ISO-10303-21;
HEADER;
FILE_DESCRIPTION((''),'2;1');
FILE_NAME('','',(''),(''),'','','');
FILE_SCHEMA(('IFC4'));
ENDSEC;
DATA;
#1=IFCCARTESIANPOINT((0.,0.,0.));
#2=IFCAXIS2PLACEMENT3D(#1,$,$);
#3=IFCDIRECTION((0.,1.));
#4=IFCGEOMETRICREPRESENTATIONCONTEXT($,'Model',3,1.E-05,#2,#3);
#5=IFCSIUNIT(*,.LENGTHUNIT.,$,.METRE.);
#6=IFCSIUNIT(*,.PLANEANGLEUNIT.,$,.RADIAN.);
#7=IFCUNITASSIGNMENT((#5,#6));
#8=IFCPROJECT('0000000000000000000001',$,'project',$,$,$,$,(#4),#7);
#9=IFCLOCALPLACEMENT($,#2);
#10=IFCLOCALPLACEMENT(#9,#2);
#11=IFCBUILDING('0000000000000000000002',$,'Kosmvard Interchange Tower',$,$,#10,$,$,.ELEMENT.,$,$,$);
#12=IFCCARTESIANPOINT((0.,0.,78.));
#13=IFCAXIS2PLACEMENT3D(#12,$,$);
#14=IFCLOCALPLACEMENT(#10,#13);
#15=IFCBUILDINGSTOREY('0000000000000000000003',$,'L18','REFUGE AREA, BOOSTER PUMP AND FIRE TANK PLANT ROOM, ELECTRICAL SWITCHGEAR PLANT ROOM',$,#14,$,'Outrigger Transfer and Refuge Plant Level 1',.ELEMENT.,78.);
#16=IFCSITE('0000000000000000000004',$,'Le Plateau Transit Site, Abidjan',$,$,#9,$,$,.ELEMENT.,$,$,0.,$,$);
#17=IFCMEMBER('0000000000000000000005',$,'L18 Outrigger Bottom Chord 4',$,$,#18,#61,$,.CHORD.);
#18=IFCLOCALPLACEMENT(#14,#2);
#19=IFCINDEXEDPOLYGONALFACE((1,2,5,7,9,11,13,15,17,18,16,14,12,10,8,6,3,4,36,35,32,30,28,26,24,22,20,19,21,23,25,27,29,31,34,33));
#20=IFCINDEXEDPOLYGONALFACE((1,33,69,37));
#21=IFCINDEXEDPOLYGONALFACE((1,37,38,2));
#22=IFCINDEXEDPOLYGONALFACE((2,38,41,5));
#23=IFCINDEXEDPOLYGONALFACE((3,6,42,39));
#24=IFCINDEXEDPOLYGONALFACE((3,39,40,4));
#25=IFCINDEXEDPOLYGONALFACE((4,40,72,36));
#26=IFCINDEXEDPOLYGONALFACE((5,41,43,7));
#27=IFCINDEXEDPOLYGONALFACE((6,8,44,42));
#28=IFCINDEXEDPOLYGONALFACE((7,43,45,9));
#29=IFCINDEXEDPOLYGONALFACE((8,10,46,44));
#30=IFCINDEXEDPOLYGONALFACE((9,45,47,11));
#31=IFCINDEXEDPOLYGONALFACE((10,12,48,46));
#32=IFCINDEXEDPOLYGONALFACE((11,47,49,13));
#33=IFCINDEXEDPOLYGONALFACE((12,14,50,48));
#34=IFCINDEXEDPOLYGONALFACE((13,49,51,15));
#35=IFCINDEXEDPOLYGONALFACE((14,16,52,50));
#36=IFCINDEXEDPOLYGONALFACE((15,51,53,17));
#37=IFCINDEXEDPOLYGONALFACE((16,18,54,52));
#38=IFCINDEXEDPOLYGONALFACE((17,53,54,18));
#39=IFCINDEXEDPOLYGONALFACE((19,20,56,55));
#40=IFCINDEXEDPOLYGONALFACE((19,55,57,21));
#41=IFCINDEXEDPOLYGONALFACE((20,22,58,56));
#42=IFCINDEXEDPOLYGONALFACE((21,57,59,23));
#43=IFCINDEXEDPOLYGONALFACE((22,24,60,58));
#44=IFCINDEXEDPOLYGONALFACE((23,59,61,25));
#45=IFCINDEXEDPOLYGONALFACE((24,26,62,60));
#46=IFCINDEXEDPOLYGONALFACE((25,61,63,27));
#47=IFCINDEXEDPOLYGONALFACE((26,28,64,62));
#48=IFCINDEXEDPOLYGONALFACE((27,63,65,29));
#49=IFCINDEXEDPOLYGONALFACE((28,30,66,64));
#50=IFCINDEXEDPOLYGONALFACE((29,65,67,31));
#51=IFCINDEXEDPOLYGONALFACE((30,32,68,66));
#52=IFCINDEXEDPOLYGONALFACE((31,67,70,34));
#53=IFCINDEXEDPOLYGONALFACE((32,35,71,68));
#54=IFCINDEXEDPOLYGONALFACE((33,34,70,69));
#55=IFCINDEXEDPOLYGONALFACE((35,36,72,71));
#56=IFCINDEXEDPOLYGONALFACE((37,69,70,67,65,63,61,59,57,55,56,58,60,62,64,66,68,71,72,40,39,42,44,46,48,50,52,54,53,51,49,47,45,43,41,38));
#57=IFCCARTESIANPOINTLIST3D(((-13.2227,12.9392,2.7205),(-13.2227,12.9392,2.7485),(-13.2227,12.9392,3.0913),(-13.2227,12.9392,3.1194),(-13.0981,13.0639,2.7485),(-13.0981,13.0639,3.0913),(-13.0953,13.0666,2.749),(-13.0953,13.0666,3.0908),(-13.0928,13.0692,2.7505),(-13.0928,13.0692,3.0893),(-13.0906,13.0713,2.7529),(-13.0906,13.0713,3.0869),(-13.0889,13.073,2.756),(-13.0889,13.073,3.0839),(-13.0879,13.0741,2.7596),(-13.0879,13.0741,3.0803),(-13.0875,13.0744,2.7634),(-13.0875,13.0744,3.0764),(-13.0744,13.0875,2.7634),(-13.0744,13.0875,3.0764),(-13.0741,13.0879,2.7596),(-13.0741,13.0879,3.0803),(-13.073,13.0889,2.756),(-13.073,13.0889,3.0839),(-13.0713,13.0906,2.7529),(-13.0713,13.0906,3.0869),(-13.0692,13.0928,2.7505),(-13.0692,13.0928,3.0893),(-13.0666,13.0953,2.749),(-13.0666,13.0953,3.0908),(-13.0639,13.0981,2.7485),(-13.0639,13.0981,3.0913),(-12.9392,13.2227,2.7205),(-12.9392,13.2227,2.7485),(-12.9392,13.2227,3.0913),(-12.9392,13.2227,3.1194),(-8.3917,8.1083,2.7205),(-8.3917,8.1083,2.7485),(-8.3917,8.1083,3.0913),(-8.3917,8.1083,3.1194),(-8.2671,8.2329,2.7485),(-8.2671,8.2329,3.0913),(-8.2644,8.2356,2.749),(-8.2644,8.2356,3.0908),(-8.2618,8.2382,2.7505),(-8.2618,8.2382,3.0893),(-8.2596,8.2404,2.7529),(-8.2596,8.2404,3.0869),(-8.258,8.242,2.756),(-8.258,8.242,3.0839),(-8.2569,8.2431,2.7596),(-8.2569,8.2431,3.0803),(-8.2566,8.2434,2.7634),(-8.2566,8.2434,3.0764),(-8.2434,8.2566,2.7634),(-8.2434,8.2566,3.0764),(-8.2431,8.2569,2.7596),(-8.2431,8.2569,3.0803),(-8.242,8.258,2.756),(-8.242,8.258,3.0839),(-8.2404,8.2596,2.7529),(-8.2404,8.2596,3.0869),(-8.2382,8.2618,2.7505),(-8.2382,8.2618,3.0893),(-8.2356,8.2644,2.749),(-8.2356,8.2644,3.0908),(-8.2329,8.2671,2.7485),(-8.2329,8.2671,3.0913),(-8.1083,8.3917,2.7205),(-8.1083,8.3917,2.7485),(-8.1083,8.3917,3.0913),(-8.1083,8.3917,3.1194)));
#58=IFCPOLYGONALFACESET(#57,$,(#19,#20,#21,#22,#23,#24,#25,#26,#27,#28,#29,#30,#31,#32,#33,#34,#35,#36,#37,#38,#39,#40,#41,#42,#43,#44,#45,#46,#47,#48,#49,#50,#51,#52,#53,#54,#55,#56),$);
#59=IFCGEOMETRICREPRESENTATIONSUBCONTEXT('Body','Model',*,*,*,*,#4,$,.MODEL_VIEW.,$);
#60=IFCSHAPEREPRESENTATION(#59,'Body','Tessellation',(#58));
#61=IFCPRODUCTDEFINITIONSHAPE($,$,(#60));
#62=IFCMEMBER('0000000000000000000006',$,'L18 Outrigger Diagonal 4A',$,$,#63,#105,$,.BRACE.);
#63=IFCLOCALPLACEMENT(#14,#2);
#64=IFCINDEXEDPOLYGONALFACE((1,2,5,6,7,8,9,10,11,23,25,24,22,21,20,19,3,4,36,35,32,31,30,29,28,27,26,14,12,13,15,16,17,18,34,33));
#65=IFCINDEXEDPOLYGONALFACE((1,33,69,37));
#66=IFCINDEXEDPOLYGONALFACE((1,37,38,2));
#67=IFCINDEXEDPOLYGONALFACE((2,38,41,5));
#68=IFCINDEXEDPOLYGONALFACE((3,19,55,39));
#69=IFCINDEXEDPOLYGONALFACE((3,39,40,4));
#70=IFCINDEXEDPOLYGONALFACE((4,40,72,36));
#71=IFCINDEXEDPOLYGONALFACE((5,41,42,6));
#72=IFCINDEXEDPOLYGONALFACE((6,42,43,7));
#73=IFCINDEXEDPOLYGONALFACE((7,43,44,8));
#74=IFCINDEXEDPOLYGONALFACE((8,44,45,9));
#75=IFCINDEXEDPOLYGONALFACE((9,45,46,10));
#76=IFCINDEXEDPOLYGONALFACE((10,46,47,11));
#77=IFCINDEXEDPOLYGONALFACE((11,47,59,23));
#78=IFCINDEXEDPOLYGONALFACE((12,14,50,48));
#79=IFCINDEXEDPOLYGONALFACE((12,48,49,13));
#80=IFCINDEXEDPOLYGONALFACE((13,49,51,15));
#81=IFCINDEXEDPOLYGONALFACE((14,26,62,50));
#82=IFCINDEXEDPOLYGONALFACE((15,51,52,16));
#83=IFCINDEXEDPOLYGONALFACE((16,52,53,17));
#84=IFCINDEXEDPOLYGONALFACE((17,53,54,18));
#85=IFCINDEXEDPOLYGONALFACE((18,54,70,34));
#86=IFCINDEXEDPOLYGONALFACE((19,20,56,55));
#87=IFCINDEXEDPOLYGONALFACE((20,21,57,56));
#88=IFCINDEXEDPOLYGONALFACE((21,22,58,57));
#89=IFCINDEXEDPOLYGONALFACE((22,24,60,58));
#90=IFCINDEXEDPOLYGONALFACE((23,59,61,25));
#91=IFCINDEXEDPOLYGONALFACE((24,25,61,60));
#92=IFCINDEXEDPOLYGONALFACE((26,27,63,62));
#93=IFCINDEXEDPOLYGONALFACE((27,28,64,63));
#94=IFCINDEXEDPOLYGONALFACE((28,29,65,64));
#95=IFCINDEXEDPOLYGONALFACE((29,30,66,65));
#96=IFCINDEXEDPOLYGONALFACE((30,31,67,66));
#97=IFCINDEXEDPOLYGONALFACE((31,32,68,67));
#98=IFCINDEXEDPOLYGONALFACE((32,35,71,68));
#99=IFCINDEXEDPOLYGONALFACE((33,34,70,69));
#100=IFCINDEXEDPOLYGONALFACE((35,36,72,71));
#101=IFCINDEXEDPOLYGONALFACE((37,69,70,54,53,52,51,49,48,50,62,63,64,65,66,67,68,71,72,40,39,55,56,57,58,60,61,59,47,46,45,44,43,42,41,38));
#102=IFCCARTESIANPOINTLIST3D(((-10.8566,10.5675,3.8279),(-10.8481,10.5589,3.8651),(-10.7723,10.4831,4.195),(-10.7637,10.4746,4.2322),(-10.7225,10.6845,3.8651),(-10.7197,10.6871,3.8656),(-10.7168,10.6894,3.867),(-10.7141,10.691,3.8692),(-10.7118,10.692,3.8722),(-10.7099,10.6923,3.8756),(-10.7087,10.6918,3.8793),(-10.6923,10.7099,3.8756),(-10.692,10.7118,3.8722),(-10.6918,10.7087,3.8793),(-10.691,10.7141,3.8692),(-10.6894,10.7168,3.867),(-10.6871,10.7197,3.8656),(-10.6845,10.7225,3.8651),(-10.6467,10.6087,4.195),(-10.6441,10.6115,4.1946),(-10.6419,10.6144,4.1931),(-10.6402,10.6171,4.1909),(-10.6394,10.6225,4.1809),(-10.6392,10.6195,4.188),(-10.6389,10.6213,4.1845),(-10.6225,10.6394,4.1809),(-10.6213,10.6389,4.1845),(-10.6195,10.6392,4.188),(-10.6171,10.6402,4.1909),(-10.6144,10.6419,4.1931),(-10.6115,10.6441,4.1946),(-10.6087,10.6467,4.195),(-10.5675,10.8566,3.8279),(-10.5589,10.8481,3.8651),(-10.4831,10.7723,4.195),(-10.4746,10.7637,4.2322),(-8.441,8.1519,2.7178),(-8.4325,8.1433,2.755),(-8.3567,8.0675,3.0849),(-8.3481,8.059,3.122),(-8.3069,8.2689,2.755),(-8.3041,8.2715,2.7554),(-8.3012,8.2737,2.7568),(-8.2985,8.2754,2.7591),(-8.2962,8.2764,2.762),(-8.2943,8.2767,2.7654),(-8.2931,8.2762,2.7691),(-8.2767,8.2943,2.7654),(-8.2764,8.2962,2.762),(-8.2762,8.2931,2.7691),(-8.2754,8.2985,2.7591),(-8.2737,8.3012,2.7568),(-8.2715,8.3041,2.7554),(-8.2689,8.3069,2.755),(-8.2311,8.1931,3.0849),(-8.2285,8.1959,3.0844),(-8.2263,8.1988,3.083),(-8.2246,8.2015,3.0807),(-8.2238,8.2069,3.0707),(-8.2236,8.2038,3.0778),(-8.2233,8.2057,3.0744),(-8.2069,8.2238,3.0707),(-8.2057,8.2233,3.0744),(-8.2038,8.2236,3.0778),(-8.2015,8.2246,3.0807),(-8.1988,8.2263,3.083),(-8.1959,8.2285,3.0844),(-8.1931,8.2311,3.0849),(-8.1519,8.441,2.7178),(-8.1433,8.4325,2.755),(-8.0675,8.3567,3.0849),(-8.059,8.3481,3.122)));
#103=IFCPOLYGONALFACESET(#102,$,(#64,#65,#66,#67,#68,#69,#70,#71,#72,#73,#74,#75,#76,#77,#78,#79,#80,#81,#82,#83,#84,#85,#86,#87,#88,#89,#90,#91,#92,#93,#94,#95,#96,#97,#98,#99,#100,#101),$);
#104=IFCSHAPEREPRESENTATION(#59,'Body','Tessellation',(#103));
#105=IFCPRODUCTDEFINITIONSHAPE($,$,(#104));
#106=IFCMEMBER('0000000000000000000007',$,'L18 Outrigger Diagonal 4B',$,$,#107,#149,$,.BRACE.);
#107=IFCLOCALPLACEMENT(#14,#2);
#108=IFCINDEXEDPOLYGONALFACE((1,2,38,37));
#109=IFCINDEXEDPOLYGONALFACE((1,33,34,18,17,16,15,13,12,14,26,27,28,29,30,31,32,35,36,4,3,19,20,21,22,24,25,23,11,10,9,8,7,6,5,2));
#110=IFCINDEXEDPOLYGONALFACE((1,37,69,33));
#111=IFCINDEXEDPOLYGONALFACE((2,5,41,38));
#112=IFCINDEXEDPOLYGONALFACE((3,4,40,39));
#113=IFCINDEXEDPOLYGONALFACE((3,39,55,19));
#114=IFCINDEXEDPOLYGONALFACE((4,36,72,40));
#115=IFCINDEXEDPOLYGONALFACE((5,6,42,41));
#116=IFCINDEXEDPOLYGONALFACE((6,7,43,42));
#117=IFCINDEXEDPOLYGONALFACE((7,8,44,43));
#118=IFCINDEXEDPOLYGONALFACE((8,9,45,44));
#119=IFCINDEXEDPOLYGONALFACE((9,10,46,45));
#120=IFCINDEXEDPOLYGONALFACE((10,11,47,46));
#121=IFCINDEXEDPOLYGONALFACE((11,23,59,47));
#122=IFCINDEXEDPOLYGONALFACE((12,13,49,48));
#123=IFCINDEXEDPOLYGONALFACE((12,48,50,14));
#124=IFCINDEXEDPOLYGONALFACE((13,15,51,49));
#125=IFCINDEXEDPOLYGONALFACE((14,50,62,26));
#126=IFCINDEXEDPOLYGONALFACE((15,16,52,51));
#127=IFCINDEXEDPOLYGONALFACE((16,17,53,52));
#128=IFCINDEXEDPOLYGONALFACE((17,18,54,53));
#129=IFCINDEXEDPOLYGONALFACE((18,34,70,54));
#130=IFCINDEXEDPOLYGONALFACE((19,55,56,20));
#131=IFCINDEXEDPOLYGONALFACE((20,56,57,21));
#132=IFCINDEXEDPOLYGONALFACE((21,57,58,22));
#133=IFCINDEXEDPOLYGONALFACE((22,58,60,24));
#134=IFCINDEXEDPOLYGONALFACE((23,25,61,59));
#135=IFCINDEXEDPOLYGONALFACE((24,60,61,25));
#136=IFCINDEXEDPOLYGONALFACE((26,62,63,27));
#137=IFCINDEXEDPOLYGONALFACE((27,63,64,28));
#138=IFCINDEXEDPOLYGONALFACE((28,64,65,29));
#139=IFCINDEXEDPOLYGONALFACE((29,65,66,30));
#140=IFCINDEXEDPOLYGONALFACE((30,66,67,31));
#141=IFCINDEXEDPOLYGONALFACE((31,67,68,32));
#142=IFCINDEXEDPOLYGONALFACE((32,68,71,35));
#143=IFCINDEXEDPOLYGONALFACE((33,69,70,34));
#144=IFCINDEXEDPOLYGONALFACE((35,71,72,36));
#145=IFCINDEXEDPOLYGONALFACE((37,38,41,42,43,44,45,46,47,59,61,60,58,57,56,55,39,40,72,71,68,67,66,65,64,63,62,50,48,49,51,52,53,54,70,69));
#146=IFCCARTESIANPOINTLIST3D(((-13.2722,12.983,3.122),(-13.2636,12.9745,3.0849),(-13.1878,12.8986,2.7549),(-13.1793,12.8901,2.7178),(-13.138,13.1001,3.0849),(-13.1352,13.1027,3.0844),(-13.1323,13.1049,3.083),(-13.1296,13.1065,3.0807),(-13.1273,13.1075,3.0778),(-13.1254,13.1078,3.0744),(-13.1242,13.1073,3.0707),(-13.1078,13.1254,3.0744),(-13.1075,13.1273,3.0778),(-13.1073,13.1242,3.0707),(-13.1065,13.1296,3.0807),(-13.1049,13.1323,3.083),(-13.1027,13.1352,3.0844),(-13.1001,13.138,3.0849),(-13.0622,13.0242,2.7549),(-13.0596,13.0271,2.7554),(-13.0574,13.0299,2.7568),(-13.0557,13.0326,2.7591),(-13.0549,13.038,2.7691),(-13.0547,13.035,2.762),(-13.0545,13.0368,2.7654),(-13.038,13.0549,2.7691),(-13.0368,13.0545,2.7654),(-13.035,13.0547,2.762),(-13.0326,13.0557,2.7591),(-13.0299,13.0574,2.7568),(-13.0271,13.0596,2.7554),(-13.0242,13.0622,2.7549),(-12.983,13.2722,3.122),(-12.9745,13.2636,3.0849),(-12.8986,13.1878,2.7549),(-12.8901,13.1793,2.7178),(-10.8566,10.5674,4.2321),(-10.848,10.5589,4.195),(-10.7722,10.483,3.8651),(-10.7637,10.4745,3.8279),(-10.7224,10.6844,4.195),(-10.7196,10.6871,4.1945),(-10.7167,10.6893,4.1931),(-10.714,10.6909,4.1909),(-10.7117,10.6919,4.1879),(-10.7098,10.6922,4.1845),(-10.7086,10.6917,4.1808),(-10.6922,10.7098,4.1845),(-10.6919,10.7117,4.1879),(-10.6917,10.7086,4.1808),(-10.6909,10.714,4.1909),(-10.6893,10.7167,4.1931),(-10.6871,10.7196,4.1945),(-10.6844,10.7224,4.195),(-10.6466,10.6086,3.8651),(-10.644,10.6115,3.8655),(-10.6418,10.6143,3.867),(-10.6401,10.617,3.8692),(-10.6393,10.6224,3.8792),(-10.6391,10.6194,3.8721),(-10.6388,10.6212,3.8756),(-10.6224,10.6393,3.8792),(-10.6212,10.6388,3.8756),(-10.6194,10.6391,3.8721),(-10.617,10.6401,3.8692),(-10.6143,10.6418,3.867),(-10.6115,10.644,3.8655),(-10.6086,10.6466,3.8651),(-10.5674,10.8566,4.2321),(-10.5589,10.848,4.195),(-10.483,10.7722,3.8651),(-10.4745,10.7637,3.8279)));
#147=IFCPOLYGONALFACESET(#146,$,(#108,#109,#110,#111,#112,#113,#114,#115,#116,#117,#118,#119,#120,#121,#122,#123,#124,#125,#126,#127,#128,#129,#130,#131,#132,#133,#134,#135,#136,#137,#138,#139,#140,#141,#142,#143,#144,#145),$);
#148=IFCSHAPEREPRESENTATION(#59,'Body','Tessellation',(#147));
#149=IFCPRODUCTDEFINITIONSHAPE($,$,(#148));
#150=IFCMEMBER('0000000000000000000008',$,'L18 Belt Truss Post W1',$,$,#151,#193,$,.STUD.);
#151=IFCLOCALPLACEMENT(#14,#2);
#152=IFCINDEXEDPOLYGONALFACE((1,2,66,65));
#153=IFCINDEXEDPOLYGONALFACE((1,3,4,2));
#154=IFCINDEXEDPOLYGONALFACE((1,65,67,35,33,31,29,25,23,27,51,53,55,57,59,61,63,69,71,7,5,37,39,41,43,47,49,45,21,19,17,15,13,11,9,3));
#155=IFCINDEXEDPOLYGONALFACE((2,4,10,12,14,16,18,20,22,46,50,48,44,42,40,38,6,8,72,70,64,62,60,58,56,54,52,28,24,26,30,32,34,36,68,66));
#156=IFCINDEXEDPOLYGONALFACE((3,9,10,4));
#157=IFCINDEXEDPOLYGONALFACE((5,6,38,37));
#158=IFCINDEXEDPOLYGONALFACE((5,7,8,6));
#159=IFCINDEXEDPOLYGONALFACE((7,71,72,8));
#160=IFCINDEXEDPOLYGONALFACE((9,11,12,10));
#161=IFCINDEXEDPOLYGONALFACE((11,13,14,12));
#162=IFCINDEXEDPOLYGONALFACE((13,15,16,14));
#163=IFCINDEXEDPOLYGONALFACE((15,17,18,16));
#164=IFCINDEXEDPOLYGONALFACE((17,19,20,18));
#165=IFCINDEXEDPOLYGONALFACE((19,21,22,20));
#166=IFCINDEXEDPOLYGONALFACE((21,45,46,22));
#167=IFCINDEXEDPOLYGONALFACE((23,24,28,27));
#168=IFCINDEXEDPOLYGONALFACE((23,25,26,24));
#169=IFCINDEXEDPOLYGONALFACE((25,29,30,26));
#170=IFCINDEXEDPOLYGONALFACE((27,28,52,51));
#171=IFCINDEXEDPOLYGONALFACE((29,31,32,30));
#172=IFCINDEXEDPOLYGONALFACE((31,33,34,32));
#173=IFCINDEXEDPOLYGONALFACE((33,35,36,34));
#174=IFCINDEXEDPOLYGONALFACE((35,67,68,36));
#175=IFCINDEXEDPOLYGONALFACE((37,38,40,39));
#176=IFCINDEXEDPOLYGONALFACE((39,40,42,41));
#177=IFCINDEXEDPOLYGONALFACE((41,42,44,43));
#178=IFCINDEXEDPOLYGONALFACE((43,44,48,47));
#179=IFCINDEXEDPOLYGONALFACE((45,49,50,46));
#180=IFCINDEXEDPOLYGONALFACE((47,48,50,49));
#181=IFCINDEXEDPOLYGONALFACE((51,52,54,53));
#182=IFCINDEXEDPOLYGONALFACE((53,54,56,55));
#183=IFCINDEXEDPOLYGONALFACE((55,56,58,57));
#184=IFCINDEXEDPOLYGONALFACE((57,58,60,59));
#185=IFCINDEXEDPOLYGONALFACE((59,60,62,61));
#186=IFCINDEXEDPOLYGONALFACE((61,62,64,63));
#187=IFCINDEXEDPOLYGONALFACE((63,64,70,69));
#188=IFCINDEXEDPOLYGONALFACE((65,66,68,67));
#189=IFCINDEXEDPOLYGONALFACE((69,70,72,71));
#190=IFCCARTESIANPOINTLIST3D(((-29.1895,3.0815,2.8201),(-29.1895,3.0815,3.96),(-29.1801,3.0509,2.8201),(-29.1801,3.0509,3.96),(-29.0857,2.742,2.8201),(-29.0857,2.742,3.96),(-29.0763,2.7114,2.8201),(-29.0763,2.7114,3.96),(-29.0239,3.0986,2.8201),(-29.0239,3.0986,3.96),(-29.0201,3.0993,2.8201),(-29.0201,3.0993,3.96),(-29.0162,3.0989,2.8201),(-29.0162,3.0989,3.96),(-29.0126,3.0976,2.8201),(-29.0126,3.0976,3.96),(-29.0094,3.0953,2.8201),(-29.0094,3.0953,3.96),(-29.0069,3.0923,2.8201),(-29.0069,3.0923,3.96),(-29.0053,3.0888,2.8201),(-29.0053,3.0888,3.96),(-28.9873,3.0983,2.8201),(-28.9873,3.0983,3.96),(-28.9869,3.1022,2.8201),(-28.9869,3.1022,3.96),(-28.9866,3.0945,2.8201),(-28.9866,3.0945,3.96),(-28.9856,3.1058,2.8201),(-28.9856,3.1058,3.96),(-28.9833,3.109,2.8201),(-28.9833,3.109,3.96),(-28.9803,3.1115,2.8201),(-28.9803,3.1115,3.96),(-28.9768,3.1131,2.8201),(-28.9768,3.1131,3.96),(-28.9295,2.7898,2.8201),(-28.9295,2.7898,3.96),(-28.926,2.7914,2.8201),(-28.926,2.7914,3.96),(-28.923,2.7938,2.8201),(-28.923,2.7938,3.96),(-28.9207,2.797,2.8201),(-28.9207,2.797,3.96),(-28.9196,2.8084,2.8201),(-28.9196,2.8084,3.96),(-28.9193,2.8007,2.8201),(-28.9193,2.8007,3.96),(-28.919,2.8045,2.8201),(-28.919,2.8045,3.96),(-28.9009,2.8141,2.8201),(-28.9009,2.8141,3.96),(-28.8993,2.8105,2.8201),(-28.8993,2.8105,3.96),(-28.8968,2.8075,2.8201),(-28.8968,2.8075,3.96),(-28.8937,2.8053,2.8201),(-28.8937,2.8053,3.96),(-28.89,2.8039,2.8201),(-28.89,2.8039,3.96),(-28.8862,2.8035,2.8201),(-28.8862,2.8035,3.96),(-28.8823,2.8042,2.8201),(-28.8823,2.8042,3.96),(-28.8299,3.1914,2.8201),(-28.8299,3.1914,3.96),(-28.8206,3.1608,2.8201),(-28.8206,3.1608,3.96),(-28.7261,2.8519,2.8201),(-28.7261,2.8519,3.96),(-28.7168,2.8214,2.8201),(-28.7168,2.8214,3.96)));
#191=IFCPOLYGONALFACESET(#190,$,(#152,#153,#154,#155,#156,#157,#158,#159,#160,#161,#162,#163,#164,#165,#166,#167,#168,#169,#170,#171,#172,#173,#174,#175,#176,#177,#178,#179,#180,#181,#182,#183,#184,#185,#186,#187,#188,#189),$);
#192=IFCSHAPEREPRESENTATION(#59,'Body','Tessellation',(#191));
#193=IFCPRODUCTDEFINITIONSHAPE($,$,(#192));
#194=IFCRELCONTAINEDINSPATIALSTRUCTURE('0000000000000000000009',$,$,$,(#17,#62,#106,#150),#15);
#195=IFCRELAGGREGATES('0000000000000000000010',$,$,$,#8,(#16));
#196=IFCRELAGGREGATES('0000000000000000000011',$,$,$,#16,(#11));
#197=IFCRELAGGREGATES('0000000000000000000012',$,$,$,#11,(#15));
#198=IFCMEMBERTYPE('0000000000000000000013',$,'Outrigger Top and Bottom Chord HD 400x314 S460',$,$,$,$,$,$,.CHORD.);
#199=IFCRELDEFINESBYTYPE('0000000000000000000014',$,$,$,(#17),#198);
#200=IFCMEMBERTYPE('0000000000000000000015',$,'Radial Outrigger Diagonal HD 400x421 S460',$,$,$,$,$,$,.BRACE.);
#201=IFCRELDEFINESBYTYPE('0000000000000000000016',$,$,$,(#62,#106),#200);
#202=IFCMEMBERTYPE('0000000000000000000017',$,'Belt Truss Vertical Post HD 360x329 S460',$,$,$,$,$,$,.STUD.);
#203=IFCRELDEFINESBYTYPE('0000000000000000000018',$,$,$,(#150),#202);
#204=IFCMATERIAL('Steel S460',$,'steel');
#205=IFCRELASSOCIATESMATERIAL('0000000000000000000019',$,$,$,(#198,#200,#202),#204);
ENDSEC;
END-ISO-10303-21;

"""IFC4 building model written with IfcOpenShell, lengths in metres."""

from ifc_helpers import new_model, si_unit, direction, frame, origin, origin_2d, place, context, subcontext, project, spatial, i_section, extrude, source, transform, mapped, material, material_profile, profile_set, type_object, element, save


model = new_model("IFC4")

# Units and contexts
model_context = context("Model", 3, precision=1e-05, world=origin(), true_north=direction((0.0, 1.0)))
body_context = subcontext(model_context, "Body", "Model", "MODEL_VIEW")
ifc_project = project(units=[si_unit("LENGTHUNIT", "METRE"), si_unit("PLANEANGLEUNIT", "RADIAN")], contexts=[model_context])

# Site, building, storey
site_placement = place(None, origin())
site = spatial("IfcSite", under=ifc_project, at=site_placement, Name="Le Plateau Transit Site, Abidjan", CompositionType="ELEMENT", RefElevation=0.0)
building_placement = place(site_placement, origin())
building = spatial("IfcBuilding", under=site, at=building_placement, Name="Kosmvard Interchange Tower", CompositionType="ELEMENT")
storey_placement = place(building_placement, frame((0.0, 0.0, 78.0)))
storey = spatial("IfcBuildingStorey", under=building, at=storey_placement, Name="L18", Description="REFUGE AREA, BOOSTER PUMP AND FIRE TANK PLANT ROOM, ELECTRICAL SWITCHGEAR PLANT ROOM", LongName="Outrigger Transfer and Refuge Plant Level 1", CompositionType="ELEMENT", Elevation=78.0)

# Shared definitions
ifc_material_1 = material(Name="Steel S460", Category="steel")

# Members
ifc_material_profile_1 = material_profile(ifc_material_1, i_section(OverallWidth=0.4009, OverallDepth=0.3989, WebThickness=0.0186, FlangeThickness=0.0281, FilletRadius=0.0149, at=origin_2d()), Name="HD 400x314")
ifc_profile_set_1 = profile_set([ifc_material_profile_1], Name="Steel S460")
member_type_1 = type_object("IfcMemberType", Name="Outrigger Top and Bottom Chord HD 400x314 S460", PredefinedType="CHORD", material=ifc_profile_set_1)
shared_shape_1 = source(origin(), body_context, "Body", "SweptSolid", [
    extrude(i_section(OverallWidth=0.4009, OverallDepth=0.3989, WebThickness=0.0186, FlangeThickness=0.0281, FilletRadius=0.0149, at=origin_2d()), origin(), (0.0, 0.0, 1.0), 6.832),
])
member_1_placement = place(storey_placement, frame((-8.25, 8.25, 2.9199), z_axis=(-0.707107, 0.707107, 0.0), x_axis=(-0.707107, -0.707107, 0.0)))
element("IfcMember", 1, at=member_1_placement, inside=storey, type_object=member_type_1, Name="L18 Outrigger Bottom Chord 4", PredefinedType="CHORD", context=body_context, shape_type="MappedRepresentation", body=[
    mapped(shared_shape_1, transform((0.0, 0.0, 0.0), scale=1.0)),
])
ifc_material_profile_2 = material_profile(ifc_material_1, i_section(OverallWidth=0.4089, OverallDepth=0.425, WebThickness=0.0239, FlangeThickness=0.0391, FilletRadius=0.0149, at=origin_2d()), Name="HD 400x421")
ifc_profile_set_2 = profile_set([ifc_material_profile_2], Name="Steel S460")
member_type_2 = type_object("IfcMemberType", Name="Radial Outrigger Diagonal HD 400x421 S460", PredefinedType="BRACE", material=ifc_profile_set_2)
shared_shape_2 = source(origin(), body_context, "Body", "SweptSolid", [
    extrude(i_section(OverallWidth=0.4089, OverallDepth=0.425, WebThickness=0.0239, FlangeThickness=0.0391, FilletRadius=0.0149, at=origin_2d()), origin(), (0.0, 0.0, 1.0), 3.592),
])
for number, where, z_axis, x_axis, name in (
    (2, (-8.25, 8.25, 2.9199), (-0.672489, 0.672489, 0.309057), (-0.707107, -0.707107, 0.0), "L18 Outrigger Diagonal 4A"),
    (3, (-10.6655, 10.6655, 4.03), (-0.672489, 0.672489, -0.309057), (-0.707107, -0.707107, 0.0), "L18 Outrigger Diagonal 4B"),
):
    element("IfcMember", number, at=place(storey_placement, frame(where, z_axis=z_axis, x_axis=x_axis)), inside=storey, type_object=member_type_2, Name=name, PredefinedType="BRACE", context=body_context, shape_type="MappedRepresentation", body=[
        mapped(shared_shape_2, transform((0.0, 0.0, 0.0), scale=1.0)),
    ])
ifc_material_profile_3 = material_profile(ifc_material_1, i_section(OverallWidth=0.376, OverallDepth=0.387, WebThickness=0.0195, FlangeThickness=0.032, FilletRadius=0.0149, at=origin_2d()), Name="HD 360x329")
ifc_profile_set_3 = profile_set([ifc_material_profile_3], Name="Steel S460")
member_type_3 = type_object("IfcMemberType", Name="Belt Truss Vertical Post HD 360x329 S460", PredefinedType="STUD", material=ifc_profile_set_3)
shared_shape_3 = source(origin(), body_context, "Body", "SweptSolid", [
    extrude(i_section(OverallWidth=0.376, OverallDepth=0.387, WebThickness=0.0195, FlangeThickness=0.032, FilletRadius=0.0149, at=origin_2d()), origin(), (0.0, 0.0, 1.0), 1.1399),
])
member_2_placement = place(storey_placement, frame((-28.9531, 2.9514, 2.8201), z_axis=(0.0, 0.0, 1.0), x_axis=(0.956305, 0.292372, 0.0)))
element("IfcMember", 4, at=member_2_placement, inside=storey, type_object=member_type_3, Name="L18 Belt Truss Post W1", PredefinedType="STUD", context=body_context, shape_type="MappedRepresentation", body=[
    mapped(shared_shape_3, transform((0.0, 0.0, 0.0), scale=1.0)),
])

save(model, "model.ifc")
